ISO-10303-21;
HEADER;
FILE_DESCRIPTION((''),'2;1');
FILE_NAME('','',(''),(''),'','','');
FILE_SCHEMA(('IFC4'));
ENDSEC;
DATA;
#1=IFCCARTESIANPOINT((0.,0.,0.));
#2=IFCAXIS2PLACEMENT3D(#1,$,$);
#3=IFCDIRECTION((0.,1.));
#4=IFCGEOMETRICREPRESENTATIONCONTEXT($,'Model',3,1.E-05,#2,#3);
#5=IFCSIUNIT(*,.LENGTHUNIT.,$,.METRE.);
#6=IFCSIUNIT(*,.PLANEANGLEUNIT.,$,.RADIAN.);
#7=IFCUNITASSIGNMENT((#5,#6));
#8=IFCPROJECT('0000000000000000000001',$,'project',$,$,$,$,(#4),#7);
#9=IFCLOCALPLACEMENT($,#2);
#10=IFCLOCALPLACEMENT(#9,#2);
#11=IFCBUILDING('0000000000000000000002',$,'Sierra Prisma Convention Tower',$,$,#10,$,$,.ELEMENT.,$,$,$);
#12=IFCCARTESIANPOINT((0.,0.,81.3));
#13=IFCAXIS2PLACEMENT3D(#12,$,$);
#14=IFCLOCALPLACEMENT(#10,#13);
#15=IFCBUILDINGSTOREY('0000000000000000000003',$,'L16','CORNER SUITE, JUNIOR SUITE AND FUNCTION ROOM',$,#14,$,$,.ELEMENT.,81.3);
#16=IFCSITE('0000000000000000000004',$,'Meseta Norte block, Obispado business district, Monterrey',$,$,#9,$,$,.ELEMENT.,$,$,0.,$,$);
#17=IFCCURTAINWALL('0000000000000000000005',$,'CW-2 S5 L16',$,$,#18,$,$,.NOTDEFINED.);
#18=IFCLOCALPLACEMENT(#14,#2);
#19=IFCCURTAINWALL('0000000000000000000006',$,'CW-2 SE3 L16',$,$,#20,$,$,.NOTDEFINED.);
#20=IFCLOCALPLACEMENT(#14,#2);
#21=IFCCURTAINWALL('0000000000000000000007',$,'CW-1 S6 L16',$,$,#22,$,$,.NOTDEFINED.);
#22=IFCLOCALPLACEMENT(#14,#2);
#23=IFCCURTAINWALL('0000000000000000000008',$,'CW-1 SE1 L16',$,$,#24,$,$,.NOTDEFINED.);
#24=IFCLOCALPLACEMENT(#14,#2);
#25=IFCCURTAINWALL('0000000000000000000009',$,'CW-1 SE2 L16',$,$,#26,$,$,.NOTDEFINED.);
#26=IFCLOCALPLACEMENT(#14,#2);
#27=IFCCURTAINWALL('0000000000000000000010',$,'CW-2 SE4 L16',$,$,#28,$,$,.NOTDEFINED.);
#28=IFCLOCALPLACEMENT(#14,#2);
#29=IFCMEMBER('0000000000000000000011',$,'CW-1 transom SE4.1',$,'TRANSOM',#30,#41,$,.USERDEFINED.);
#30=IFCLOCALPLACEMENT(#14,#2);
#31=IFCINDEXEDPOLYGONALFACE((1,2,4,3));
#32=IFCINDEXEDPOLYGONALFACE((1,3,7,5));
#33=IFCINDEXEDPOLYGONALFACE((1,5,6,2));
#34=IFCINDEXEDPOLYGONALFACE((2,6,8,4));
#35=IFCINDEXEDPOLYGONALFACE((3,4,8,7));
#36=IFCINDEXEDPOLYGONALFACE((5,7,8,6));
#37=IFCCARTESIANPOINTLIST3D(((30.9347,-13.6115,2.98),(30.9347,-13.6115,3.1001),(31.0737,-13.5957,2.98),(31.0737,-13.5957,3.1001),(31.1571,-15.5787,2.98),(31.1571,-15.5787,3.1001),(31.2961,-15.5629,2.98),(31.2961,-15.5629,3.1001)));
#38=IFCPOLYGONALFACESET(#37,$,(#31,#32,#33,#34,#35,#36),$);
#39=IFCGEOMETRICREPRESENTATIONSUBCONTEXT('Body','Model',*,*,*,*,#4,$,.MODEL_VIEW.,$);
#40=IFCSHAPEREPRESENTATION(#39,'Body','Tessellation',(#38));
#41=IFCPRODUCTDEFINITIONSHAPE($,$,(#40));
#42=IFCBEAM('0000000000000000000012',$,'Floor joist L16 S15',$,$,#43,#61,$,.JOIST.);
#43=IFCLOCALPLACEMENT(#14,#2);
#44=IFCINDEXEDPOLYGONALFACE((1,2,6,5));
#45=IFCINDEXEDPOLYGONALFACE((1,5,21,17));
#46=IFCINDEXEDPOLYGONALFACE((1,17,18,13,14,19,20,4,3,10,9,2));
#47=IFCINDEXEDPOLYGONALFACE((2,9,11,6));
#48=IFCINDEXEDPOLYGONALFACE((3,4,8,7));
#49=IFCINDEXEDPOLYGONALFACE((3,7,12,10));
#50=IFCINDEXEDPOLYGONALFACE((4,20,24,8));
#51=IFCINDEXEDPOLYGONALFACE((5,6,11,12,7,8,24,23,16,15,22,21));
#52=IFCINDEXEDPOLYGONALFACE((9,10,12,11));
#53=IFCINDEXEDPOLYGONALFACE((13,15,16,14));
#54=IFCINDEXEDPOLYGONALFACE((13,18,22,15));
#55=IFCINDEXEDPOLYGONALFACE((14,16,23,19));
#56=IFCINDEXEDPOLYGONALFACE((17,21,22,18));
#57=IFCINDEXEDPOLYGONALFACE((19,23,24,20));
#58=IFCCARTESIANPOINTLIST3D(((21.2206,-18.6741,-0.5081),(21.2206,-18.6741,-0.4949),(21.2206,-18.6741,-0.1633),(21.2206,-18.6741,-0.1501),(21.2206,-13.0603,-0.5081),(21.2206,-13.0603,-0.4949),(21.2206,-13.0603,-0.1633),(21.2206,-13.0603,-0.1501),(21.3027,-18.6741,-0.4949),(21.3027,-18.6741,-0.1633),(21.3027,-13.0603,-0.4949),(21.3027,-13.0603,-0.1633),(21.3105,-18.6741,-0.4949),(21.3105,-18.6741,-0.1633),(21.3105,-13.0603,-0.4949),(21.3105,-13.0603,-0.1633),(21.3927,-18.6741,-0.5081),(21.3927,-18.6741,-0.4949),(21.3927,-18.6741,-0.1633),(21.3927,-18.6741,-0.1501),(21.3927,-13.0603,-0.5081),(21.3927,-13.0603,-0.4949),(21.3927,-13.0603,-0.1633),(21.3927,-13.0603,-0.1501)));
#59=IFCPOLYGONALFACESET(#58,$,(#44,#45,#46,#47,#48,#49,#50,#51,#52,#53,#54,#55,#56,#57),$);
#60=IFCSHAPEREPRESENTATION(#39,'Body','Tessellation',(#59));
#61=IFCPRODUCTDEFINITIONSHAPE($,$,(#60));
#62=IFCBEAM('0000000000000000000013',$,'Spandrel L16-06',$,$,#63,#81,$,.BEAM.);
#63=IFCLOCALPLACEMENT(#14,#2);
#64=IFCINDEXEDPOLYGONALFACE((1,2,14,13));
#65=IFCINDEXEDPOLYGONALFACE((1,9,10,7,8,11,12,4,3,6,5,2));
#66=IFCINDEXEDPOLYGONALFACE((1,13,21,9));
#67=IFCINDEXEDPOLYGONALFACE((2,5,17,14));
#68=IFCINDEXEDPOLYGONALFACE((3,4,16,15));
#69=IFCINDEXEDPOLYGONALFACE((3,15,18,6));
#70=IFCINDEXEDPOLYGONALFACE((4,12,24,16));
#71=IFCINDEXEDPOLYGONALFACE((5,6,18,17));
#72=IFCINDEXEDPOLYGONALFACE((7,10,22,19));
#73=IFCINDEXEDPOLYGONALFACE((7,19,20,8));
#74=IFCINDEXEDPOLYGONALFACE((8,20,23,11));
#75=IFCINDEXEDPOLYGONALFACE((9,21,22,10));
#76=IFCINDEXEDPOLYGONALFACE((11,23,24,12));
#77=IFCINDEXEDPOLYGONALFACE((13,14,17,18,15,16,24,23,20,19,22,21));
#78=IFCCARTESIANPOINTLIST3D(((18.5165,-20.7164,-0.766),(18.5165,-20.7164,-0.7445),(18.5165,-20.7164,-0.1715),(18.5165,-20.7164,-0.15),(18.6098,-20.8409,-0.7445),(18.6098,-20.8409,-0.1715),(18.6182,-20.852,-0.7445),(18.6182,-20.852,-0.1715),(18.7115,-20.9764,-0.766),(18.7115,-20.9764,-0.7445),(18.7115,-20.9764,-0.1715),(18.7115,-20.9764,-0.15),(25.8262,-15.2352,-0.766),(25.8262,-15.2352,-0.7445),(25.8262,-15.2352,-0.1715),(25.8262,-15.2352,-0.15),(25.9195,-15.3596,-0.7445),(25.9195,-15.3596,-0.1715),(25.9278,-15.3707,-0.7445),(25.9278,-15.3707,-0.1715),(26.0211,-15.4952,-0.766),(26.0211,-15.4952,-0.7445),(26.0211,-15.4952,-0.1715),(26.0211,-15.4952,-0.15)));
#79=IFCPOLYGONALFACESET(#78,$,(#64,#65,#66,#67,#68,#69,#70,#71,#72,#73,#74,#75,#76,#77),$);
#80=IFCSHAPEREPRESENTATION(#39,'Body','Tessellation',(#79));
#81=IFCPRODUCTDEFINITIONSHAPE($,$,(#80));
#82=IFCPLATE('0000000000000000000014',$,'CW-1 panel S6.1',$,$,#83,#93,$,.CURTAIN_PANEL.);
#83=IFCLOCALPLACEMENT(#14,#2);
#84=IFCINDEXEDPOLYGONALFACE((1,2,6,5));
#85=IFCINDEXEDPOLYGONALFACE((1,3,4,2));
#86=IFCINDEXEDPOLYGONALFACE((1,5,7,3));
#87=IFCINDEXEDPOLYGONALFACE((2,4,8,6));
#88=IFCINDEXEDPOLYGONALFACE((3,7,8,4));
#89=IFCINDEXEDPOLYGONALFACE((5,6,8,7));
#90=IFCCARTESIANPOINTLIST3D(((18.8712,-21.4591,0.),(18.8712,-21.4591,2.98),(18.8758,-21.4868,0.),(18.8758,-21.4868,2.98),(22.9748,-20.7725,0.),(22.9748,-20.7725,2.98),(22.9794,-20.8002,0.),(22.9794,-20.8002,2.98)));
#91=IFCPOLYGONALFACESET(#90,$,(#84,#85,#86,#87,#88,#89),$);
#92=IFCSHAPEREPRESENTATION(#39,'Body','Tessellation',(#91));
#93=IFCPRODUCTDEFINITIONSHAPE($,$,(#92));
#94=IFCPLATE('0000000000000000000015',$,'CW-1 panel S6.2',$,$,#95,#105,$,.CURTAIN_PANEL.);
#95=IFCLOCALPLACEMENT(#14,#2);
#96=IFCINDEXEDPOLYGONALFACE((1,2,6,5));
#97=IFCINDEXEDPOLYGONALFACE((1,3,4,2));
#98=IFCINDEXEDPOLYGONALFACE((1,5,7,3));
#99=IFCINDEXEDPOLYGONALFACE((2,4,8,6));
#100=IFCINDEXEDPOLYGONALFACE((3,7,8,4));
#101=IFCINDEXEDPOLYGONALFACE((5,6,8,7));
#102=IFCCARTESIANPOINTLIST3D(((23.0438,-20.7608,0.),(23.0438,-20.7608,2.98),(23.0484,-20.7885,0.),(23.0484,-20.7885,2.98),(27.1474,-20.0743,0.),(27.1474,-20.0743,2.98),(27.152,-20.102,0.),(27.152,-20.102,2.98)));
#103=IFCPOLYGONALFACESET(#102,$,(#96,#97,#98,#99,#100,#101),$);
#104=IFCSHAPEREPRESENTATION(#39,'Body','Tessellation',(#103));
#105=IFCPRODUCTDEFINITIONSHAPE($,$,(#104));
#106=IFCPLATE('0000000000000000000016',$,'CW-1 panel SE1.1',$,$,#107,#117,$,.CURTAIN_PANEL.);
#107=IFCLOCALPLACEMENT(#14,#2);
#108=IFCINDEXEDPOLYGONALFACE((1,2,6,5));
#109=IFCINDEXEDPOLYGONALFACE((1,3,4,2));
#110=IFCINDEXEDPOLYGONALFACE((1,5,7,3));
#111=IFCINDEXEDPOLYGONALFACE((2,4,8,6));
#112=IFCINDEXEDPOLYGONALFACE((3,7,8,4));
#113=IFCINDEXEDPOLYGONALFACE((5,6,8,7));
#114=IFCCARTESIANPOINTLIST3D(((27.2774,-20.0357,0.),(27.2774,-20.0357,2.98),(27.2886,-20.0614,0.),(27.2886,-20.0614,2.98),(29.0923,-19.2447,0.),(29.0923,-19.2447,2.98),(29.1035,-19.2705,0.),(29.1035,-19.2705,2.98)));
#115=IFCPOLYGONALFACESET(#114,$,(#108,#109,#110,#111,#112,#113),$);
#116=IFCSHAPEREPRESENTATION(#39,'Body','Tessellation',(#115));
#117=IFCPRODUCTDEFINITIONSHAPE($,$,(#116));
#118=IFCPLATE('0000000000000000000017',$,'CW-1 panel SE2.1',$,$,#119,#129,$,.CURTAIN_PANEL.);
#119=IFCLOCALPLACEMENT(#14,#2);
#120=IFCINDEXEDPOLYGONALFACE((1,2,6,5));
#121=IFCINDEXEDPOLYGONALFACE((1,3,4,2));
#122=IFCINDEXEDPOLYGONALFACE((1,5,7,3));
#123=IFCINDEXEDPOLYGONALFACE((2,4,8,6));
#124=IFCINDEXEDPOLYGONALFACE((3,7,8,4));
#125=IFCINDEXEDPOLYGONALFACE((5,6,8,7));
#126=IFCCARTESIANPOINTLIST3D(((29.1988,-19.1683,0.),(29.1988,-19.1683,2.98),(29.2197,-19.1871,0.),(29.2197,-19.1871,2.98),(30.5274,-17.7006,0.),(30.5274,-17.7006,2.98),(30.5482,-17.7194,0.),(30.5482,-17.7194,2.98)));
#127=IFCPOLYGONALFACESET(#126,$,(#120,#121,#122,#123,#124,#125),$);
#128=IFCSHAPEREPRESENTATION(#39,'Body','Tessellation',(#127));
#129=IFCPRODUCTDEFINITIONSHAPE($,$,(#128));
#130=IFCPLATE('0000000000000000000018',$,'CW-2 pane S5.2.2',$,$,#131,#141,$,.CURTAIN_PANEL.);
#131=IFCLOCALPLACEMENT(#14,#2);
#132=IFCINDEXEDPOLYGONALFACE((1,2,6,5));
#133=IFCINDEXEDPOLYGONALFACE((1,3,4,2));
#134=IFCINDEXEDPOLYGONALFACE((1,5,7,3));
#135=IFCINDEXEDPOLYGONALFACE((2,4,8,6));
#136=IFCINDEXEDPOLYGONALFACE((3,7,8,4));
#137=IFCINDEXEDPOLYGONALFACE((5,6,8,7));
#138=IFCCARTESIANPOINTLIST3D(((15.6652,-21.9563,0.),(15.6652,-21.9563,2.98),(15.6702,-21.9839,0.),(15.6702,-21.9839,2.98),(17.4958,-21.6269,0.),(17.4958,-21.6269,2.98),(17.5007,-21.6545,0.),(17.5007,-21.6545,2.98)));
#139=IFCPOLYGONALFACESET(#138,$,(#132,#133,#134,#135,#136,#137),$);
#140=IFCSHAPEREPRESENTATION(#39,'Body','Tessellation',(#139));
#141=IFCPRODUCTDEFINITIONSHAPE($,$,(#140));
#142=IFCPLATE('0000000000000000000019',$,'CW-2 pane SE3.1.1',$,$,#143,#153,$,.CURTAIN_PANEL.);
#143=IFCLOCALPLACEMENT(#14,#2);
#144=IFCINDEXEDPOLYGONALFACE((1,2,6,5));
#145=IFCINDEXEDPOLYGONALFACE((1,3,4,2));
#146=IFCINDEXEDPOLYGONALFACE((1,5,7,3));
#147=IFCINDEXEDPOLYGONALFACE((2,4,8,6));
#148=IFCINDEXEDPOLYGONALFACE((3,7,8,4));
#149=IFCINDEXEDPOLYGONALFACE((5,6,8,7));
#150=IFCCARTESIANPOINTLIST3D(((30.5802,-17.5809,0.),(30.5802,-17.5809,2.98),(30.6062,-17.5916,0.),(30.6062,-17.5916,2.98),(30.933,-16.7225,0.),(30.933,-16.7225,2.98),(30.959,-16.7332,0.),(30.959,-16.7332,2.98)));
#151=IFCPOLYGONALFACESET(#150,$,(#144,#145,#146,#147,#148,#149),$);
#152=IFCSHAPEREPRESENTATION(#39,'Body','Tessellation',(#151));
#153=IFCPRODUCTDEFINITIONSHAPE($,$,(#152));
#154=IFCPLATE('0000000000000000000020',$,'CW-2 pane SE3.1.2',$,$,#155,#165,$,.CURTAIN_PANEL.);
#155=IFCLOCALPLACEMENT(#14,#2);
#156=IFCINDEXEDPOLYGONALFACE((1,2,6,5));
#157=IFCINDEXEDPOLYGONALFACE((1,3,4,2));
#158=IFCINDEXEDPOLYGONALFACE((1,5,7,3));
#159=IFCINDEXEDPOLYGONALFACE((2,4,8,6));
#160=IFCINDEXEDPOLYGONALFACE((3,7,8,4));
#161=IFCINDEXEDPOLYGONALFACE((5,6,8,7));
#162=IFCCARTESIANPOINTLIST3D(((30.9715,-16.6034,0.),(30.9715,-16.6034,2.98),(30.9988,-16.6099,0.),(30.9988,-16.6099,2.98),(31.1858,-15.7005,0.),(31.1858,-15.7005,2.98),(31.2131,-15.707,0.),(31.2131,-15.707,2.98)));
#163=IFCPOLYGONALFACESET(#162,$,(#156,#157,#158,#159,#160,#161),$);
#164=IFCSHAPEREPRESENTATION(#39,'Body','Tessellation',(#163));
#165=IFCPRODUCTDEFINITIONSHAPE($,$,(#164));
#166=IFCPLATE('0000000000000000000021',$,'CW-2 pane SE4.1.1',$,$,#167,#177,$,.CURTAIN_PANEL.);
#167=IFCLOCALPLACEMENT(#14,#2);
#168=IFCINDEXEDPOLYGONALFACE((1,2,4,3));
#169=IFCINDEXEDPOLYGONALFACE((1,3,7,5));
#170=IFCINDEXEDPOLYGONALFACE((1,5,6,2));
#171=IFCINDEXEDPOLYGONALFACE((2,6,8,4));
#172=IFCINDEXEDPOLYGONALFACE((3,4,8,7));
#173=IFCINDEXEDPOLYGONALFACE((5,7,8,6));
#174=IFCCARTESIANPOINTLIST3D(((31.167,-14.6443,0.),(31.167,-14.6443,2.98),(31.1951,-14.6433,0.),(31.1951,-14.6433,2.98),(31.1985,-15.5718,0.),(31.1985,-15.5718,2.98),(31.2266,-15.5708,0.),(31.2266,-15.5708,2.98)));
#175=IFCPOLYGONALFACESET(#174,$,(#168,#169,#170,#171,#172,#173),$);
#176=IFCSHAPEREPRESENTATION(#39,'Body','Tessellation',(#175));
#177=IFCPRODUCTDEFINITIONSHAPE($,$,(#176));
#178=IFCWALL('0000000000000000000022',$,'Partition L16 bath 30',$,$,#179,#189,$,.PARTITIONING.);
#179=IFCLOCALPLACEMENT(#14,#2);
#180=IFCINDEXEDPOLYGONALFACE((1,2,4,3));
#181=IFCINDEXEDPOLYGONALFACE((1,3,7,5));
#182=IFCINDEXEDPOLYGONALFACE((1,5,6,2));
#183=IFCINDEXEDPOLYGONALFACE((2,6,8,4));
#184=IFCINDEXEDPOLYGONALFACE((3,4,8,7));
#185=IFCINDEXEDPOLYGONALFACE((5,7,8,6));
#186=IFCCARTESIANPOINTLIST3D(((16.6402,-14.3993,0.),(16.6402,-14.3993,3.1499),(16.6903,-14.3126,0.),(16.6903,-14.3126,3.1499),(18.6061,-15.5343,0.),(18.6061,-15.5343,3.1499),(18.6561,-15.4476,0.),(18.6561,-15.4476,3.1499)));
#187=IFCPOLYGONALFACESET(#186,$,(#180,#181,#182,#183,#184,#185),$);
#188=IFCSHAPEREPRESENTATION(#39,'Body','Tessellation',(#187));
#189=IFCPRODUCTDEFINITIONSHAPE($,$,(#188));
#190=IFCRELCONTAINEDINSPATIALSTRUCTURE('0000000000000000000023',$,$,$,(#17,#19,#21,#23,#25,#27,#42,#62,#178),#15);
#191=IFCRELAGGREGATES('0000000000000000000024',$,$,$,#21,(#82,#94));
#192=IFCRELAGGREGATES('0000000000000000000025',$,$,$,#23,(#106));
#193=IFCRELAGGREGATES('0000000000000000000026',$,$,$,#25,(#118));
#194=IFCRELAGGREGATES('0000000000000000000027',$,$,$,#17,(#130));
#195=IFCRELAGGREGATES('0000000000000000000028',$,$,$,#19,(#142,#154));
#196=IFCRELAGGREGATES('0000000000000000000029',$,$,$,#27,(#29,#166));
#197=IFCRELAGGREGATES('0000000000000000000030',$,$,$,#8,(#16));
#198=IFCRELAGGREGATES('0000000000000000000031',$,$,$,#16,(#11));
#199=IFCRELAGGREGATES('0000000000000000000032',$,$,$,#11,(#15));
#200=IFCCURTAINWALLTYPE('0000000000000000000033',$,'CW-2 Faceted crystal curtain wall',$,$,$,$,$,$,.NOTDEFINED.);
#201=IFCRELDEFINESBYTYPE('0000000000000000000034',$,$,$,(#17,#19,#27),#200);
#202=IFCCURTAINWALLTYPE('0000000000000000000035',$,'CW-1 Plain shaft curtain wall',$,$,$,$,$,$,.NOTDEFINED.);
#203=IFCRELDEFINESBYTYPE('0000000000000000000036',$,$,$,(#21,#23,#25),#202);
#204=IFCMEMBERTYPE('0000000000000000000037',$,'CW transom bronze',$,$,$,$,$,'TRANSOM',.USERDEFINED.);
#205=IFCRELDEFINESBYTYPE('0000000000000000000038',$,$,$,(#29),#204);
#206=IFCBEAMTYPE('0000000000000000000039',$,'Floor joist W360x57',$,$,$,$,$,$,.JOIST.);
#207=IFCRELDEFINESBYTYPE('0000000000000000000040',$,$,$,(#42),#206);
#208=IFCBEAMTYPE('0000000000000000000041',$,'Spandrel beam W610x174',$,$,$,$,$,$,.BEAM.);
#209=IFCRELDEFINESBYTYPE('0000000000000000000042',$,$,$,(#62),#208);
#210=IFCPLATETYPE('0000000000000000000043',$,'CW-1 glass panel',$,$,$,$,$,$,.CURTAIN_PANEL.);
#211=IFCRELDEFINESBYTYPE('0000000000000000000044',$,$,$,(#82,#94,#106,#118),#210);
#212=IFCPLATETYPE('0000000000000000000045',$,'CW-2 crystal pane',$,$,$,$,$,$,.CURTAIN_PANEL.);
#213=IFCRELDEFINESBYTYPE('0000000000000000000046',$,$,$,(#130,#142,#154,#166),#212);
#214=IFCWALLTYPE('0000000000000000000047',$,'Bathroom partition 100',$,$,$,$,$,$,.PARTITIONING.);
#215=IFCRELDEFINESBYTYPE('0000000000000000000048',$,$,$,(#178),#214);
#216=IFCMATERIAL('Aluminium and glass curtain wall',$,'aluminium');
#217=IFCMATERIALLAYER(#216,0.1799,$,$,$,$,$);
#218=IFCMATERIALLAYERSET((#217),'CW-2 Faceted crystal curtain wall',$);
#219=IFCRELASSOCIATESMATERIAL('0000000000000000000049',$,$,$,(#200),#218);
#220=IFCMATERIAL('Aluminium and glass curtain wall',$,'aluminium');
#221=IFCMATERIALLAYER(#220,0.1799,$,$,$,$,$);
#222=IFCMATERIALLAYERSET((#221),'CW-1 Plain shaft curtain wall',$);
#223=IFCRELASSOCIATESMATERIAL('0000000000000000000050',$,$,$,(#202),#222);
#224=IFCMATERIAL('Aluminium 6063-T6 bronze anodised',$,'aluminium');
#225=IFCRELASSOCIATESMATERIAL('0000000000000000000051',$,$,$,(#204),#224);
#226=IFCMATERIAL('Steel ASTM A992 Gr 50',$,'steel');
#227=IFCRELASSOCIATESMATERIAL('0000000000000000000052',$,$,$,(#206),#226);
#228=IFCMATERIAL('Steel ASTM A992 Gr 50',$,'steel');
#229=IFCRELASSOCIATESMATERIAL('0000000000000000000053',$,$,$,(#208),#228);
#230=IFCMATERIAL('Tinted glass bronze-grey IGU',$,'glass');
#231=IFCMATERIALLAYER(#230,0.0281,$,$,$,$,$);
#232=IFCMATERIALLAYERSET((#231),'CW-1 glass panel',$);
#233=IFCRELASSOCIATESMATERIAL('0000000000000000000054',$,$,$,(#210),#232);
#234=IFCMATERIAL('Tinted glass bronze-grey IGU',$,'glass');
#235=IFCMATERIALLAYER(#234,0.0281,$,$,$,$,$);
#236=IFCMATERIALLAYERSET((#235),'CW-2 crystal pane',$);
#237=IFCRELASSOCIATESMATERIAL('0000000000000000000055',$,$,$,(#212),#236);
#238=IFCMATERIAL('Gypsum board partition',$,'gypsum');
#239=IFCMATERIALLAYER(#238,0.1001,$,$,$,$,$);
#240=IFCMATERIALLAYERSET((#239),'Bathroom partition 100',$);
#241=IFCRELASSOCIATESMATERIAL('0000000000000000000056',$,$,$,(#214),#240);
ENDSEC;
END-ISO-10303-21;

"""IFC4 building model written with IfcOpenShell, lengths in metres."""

from ifc_helpers import new_model, si_unit, direction, frame, frame_2d, origin, origin_2d, place, context, subcontext, project, spatial, polyline, rectangle, i_section, outline, extrude, material, layer, layer_set, material_profile, profile_set, type_object, element, aggregate, save


model = new_model("IFC4")

# Units and contexts
model_context = context("Model", 3, precision=1e-05, world=origin(), true_north=direction((0.0, 1.0)))
body_context = subcontext(model_context, "Body", "Model", "MODEL_VIEW")
ifc_project = project(units=[si_unit("LENGTHUNIT", "METRE"), si_unit("PLANEANGLEUNIT", "RADIAN")], contexts=[model_context])

# Site, building, storey
site_placement = place(None, origin())
site = spatial("IfcSite", under=ifc_project, at=site_placement, Name="Meseta Norte block, Obispado business district, Monterrey", CompositionType="ELEMENT", RefElevation=0.0)
building_placement = place(site_placement, origin())
building = spatial("IfcBuilding", under=site, at=building_placement, Name="Sierra Prisma Convention Tower", CompositionType="ELEMENT")
storey_placement = place(building_placement, frame((0.0, 0.0, 81.3)))
storey = spatial("IfcBuildingStorey", under=building, at=storey_placement, Name="L16", Description="CORNER SUITE, JUNIOR SUITE AND FUNCTION ROOM", CompositionType="ELEMENT", Elevation=81.3)

# Curtain walls
ifc_material_1 = material(Name="Aluminium and glass curtain wall", Category="aluminium")
ifc_layer_1 = layer(ifc_material_1, 0.1799)
ifc_layer_set_1 = layer_set([ifc_layer_1], Name="CW-2 Faceted crystal curtain wall")
curtain_wall_type_1 = type_object("IfcCurtainWallType", Name="CW-2 Faceted crystal curtain wall", PredefinedType="NOTDEFINED", material=ifc_layer_set_1)
curtain_wall_1_placement = place(storey_placement, origin())
curtain_wall_1 = element("IfcCurtainWall", 1, at=curtain_wall_1_placement, inside=storey, type_object=curtain_wall_type_1, Name="CW-2 S5 L16", PredefinedType="NOTDEFINED")
curtain_wall_2_placement = place(storey_placement, origin())
curtain_wall_2 = element("IfcCurtainWall", 2, at=curtain_wall_2_placement, inside=storey, type_object=curtain_wall_type_1, Name="CW-2 SE3 L16", PredefinedType="NOTDEFINED")

# Curtain walls
ifc_material_2 = material(Name="Aluminium and glass curtain wall", Category="aluminium")
ifc_layer_2 = layer(ifc_material_2, 0.1799)
ifc_layer_set_2 = layer_set([ifc_layer_2], Name="CW-1 Plain shaft curtain wall")
curtain_wall_type_2 = type_object("IfcCurtainWallType", Name="CW-1 Plain shaft curtain wall", PredefinedType="NOTDEFINED", material=ifc_layer_set_2)
curtain_wall_3_placement = place(storey_placement, origin())
curtain_wall_3 = element("IfcCurtainWall", 3, at=curtain_wall_3_placement, inside=storey, type_object=curtain_wall_type_2, Name="CW-1 S6 L16", PredefinedType="NOTDEFINED")
curtain_wall_4_placement = place(storey_placement, origin())
curtain_wall_4 = element("IfcCurtainWall", 4, at=curtain_wall_4_placement, inside=storey, type_object=curtain_wall_type_2, Name="CW-1 SE1 L16", PredefinedType="NOTDEFINED")
curtain_wall_5_placement = place(storey_placement, origin())
curtain_wall_5 = element("IfcCurtainWall", 5, at=curtain_wall_5_placement, inside=storey, type_object=curtain_wall_type_2, Name="CW-1 SE2 L16", PredefinedType="NOTDEFINED")

# Curtain wall
curtain_wall_6_placement = place(storey_placement, origin())
curtain_wall_6 = element("IfcCurtainWall", 6, at=curtain_wall_6_placement, inside=storey, type_object=curtain_wall_type_1, Name="CW-2 SE4 L16", PredefinedType="NOTDEFINED")

# Member
ifc_material_3 = material(Name="Aluminium 6063-T6 bronze anodised", Category="aluminium")
ifc_material_profile_1 = material_profile(ifc_material_3, rectangle(XDim=0.1399, YDim=0.1201, at=origin_2d()), Name="ALU TRANSOM 120x140")
ifc_profile_set_1 = profile_set([ifc_material_profile_1], Name="Aluminium 6063-T6 bronze anodised")
member_type_1 = type_object("IfcMemberType", Name="CW transom bronze", ElementType="TRANSOM", PredefinedType="USERDEFINED", material=ifc_profile_set_1)
member_1_placement = place(storey_placement, frame((31.2266, -15.5708, 3.04), z_axis=(-0.11234, 0.99367, 0.0), x_axis=(-0.99367, -0.11234, 0.0)))
member_1 = element("IfcMember", 7, at=member_1_placement, type_object=member_type_1, Name="CW-1 transom SE4.1", ObjectType="TRANSOM", PredefinedType="USERDEFINED", context=body_context, shape_type="SweptSolid", body=[
    extrude(rectangle(XDim=0.1399, YDim=0.1201, at=origin_2d()), origin(), (0.0, 0.0, 1.0), 1.9797),
])

# Beams
ifc_material_4 = material(Name="Steel ASTM A992 Gr 50", Category="steel")
ifc_material_profile_2 = material_profile(ifc_material_4, i_section(OverallWidth=0.1721, OverallDepth=0.3579, WebThickness=0.0078, FlangeThickness=0.0132, at=origin_2d()), Name="W360x57")
ifc_profile_set_2 = profile_set([ifc_material_profile_2], Name="Steel ASTM A992 Gr 50")
beam_type_1 = type_object("IfcBeamType", Name="Floor joist W360x57", PredefinedType="JOIST", material=ifc_profile_set_2)
beam_1_placement = place(storey_placement, frame((21.3066, -18.6741, -0.3291), z_axis=(0.0, 1.0, 0.0), x_axis=(-1.0, 0.0, 0.0)))
element("IfcBeam", 8, at=beam_1_placement, inside=storey, type_object=beam_type_1, Name="Floor joist L16 S15", PredefinedType="JOIST", context=body_context, shape_type="SweptSolid", body=[
    extrude(i_section(OverallWidth=0.1721, OverallDepth=0.3579, WebThickness=0.0078, FlangeThickness=0.0132, at=origin_2d()), origin(), (0.0, 0.0, 1.0), 5.6138),
])
ifc_material_5 = material(Name="Steel ASTM A992 Gr 50", Category="steel")
ifc_material_profile_3 = material_profile(ifc_material_5, i_section(OverallWidth=0.325, OverallDepth=0.616, WebThickness=0.0139, FlangeThickness=0.0215, at=origin_2d()), Name="W610x174")
ifc_profile_set_3 = profile_set([ifc_material_profile_3], Name="Steel ASTM A992 Gr 50")
beam_type_2 = type_object("IfcBeamType", Name="Spandrel beam W610x174", PredefinedType="BEAM", material=ifc_profile_set_3)
beam_2_placement = place(storey_placement, frame((18.614, -20.8464, -0.458), z_axis=(0.800051, 0.599932, 0.0), x_axis=(-0.599932, 0.800051, 0.0)))
element("IfcBeam", 9, at=beam_2_placement, inside=storey, type_object=beam_type_2, Name="Spandrel L16-06", PredefinedType="BEAM", context=body_context, shape_type="SweptSolid", body=[
    extrude(i_section(OverallWidth=0.325, OverallDepth=0.616, WebThickness=0.0139, FlangeThickness=0.0215, at=origin_2d()), origin(), (0.0, 0.0, 1.0), 9.1365),
])

# Plates
ifc_material_6 = material(Name="Tinted glass bronze-grey IGU", Category="glass")
ifc_layer_3 = layer(ifc_material_6, 0.0281)
ifc_layer_set_3 = layer_set([ifc_layer_3], Name="CW-1 glass panel")
plate_type_1 = type_object("IfcPlateType", Name="CW-1 glass panel", PredefinedType="CURTAIN_PANEL", material=ifc_layer_set_3)
plate_1_placement = place(storey_placement, frame((20.9253, -21.1296, 0.0), z_axis=(0.0, 0.0, 1.0), x_axis=(0.986292, 0.165012, 0.0)))
plate_1 = element("IfcPlate", 10, at=plate_1_placement, type_object=plate_type_1, Name="CW-1 panel S6.1", PredefinedType="CURTAIN_PANEL", context=body_context, shape_type="SweptSolid", body=[
    extrude(rectangle(XDim=4.1606, YDim=0.0281, at=origin_2d()), origin(), (0.0, 0.0, 1.0), 2.98),
])
plate_2_placement = place(storey_placement, frame((25.0979, -20.4314, 0.0), z_axis=(0.0, 0.0, 1.0), x_axis=(0.986292, 0.165012, 0.0)))
plate_2 = element("IfcPlate", 11, at=plate_2_placement, type_object=plate_type_1, Name="CW-1 panel S6.2", PredefinedType="CURTAIN_PANEL", context=body_context, shape_type="SweptSolid", body=[
    extrude(rectangle(XDim=4.1606, YDim=0.0281, at=origin_2d()), origin(), (0.0, 0.0, 1.0), 2.98),
])
aggregate(curtain_wall_3, [plate_1, plate_2])
plate_3_placement = place(storey_placement, frame((28.1904, -19.6531, 0.0), z_axis=(0.0, 0.0, 1.0), x_axis=(0.916725, 0.39952, 0.0)))
plate_3 = element("IfcPlate", 12, at=plate_3_placement, type_object=plate_type_1, Name="CW-1 panel SE1.1", PredefinedType="CURTAIN_PANEL", context=body_context, shape_type="SweptSolid", body=[
    extrude(rectangle(XDim=1.9797, YDim=0.0281, at=origin_2d()), origin(), (0.0, 0.0, 1.0), 2.98),
])
aggregate(curtain_wall_4, [plate_3])
plate_4_placement = place(storey_placement, frame((29.8735, -18.4438, 0.0), z_axis=(0.0, 0.0, 1.0), x_axis=(0.671082, 0.741383, 0.0)))
plate_4 = element("IfcPlate", 13, at=plate_4_placement, type_object=plate_type_1, Name="CW-1 panel SE2.1", PredefinedType="CURTAIN_PANEL", context=body_context, shape_type="SweptSolid", body=[
    extrude(rectangle(XDim=1.9797, YDim=0.0281, at=origin_2d()), origin(), (0.0, 0.0, 1.0), 2.98),
])
aggregate(curtain_wall_5, [plate_4])
ifc_material_7 = material(Name="Tinted glass bronze-grey IGU", Category="glass")
ifc_layer_4 = layer(ifc_material_7, 0.0281)
ifc_layer_set_4 = layer_set([ifc_layer_4], Name="CW-2 crystal pane")
plate_type_2 = type_object("IfcPlateType", Name="CW-2 crystal pane", PredefinedType="CURTAIN_PANEL", material=ifc_layer_set_4)
plate_5_placement = place(storey_placement, frame((17.5007, -21.6545, 0.0), z_axis=(0.177072, -0.984198, 0.0), x_axis=(-0.984198, -0.177072, 0.0)))
plate_5 = element("IfcPlate", 14, at=plate_5_placement, type_object=plate_type_2, Name="CW-2 pane S5.2.2", PredefinedType="CURTAIN_PANEL", context=body_context, shape_type="SweptSolid", body=[
    extrude(outline(polyline([(0.0, 0.0), (1.86, 0.0), (1.86, -2.98), (0.0, -2.98), (0.0, 0.0)])), origin(), (0.0, 0.0, -1.0), 0.0281),
])
aggregate(curtain_wall_1, [plate_5])
plate_6_placement = place(storey_placement, frame((30.6062, -17.5916, 0.0), z_axis=(0.924934, -0.380128, 0.0), x_axis=(0.380128, 0.924934, 0.0)))
plate_6 = element("IfcPlate", 15, at=plate_6_placement, type_object=plate_type_2, Name="CW-2 pane SE3.1.1", PredefinedType="CURTAIN_PANEL", context=body_context, shape_type="SweptSolid", body=[
    extrude(outline(polyline([(0.0, 0.0), (0.9281, 0.0), (0.9281, 2.98), (0.0, 2.98), (0.0, 0.0)])), origin(), (0.0, 0.0, -1.0), 0.0281),
])
plate_7_placement = place(storey_placement, frame((31.2131, -15.707, 0.0), z_axis=(0.972953, -0.231004, 0.0), x_axis=(-0.231004, -0.972953, 0.0)))
plate_7 = element("IfcPlate", 16, at=plate_7_placement, type_object=plate_type_2, Name="CW-2 pane SE3.1.2", PredefinedType="CURTAIN_PANEL", context=body_context, shape_type="SweptSolid", body=[
    extrude(outline(polyline([(0.0, 0.0), (0.9279, 0.0), (0.9279, -2.98), (0.0, -2.98), (0.0, 0.0)])), origin(), (0.0, 0.0, -1.0), 0.0281),
])
aggregate(curtain_wall_2, [plate_6, plate_7])
plate_8_placement = place(storey_placement, frame((31.2266, -15.5708, 0.0), z_axis=(0.999424, 0.033937, 0.0), x_axis=(-0.033937, 0.999424, 0.0)))
plate_8 = element("IfcPlate", 17, at=plate_8_placement, type_object=plate_type_2, Name="CW-2 pane SE4.1.1", PredefinedType="CURTAIN_PANEL", context=body_context, shape_type="SweptSolid", body=[
    extrude(outline(polyline([(0.0, 0.0), (0.928, 0.0), (0.928, 2.98), (0.0, 2.98), (0.0, 0.0)])), origin(), (0.0, 0.0, -1.0), 0.0281),
])
aggregate(curtain_wall_6, [member_1, plate_8])

# Wall
ifc_material_8 = material(Name="Gypsum board partition", Category="gypsum")
ifc_layer_5 = layer(ifc_material_8, 0.1001)
ifc_layer_set_5 = layer_set([ifc_layer_5], Name="Bathroom partition 100")
wall_type = type_object("IfcWallType", Name="Bathroom partition 100", PredefinedType="PARTITIONING", material=ifc_layer_set_5)
wall_placement = place(storey_placement, frame((18.6311, -15.491, 0.0), z_axis=(0.0, 0.0, 1.0), x_axis=(-0.866017, 0.500014, 0.0)))
element("IfcWall", 18, at=wall_placement, inside=storey, type_object=wall_type, Name="Partition L16 bath 30", PredefinedType="PARTITIONING", context=body_context, shape_type="SweptSolid", body=[
    extrude(rectangle(XDim=2.27, YDim=0.1001, at=frame_2d((1.135, 0.0))), origin(), (0.0, 0.0, 1.0), 3.1499),
])

save(model, "model.ifc")
